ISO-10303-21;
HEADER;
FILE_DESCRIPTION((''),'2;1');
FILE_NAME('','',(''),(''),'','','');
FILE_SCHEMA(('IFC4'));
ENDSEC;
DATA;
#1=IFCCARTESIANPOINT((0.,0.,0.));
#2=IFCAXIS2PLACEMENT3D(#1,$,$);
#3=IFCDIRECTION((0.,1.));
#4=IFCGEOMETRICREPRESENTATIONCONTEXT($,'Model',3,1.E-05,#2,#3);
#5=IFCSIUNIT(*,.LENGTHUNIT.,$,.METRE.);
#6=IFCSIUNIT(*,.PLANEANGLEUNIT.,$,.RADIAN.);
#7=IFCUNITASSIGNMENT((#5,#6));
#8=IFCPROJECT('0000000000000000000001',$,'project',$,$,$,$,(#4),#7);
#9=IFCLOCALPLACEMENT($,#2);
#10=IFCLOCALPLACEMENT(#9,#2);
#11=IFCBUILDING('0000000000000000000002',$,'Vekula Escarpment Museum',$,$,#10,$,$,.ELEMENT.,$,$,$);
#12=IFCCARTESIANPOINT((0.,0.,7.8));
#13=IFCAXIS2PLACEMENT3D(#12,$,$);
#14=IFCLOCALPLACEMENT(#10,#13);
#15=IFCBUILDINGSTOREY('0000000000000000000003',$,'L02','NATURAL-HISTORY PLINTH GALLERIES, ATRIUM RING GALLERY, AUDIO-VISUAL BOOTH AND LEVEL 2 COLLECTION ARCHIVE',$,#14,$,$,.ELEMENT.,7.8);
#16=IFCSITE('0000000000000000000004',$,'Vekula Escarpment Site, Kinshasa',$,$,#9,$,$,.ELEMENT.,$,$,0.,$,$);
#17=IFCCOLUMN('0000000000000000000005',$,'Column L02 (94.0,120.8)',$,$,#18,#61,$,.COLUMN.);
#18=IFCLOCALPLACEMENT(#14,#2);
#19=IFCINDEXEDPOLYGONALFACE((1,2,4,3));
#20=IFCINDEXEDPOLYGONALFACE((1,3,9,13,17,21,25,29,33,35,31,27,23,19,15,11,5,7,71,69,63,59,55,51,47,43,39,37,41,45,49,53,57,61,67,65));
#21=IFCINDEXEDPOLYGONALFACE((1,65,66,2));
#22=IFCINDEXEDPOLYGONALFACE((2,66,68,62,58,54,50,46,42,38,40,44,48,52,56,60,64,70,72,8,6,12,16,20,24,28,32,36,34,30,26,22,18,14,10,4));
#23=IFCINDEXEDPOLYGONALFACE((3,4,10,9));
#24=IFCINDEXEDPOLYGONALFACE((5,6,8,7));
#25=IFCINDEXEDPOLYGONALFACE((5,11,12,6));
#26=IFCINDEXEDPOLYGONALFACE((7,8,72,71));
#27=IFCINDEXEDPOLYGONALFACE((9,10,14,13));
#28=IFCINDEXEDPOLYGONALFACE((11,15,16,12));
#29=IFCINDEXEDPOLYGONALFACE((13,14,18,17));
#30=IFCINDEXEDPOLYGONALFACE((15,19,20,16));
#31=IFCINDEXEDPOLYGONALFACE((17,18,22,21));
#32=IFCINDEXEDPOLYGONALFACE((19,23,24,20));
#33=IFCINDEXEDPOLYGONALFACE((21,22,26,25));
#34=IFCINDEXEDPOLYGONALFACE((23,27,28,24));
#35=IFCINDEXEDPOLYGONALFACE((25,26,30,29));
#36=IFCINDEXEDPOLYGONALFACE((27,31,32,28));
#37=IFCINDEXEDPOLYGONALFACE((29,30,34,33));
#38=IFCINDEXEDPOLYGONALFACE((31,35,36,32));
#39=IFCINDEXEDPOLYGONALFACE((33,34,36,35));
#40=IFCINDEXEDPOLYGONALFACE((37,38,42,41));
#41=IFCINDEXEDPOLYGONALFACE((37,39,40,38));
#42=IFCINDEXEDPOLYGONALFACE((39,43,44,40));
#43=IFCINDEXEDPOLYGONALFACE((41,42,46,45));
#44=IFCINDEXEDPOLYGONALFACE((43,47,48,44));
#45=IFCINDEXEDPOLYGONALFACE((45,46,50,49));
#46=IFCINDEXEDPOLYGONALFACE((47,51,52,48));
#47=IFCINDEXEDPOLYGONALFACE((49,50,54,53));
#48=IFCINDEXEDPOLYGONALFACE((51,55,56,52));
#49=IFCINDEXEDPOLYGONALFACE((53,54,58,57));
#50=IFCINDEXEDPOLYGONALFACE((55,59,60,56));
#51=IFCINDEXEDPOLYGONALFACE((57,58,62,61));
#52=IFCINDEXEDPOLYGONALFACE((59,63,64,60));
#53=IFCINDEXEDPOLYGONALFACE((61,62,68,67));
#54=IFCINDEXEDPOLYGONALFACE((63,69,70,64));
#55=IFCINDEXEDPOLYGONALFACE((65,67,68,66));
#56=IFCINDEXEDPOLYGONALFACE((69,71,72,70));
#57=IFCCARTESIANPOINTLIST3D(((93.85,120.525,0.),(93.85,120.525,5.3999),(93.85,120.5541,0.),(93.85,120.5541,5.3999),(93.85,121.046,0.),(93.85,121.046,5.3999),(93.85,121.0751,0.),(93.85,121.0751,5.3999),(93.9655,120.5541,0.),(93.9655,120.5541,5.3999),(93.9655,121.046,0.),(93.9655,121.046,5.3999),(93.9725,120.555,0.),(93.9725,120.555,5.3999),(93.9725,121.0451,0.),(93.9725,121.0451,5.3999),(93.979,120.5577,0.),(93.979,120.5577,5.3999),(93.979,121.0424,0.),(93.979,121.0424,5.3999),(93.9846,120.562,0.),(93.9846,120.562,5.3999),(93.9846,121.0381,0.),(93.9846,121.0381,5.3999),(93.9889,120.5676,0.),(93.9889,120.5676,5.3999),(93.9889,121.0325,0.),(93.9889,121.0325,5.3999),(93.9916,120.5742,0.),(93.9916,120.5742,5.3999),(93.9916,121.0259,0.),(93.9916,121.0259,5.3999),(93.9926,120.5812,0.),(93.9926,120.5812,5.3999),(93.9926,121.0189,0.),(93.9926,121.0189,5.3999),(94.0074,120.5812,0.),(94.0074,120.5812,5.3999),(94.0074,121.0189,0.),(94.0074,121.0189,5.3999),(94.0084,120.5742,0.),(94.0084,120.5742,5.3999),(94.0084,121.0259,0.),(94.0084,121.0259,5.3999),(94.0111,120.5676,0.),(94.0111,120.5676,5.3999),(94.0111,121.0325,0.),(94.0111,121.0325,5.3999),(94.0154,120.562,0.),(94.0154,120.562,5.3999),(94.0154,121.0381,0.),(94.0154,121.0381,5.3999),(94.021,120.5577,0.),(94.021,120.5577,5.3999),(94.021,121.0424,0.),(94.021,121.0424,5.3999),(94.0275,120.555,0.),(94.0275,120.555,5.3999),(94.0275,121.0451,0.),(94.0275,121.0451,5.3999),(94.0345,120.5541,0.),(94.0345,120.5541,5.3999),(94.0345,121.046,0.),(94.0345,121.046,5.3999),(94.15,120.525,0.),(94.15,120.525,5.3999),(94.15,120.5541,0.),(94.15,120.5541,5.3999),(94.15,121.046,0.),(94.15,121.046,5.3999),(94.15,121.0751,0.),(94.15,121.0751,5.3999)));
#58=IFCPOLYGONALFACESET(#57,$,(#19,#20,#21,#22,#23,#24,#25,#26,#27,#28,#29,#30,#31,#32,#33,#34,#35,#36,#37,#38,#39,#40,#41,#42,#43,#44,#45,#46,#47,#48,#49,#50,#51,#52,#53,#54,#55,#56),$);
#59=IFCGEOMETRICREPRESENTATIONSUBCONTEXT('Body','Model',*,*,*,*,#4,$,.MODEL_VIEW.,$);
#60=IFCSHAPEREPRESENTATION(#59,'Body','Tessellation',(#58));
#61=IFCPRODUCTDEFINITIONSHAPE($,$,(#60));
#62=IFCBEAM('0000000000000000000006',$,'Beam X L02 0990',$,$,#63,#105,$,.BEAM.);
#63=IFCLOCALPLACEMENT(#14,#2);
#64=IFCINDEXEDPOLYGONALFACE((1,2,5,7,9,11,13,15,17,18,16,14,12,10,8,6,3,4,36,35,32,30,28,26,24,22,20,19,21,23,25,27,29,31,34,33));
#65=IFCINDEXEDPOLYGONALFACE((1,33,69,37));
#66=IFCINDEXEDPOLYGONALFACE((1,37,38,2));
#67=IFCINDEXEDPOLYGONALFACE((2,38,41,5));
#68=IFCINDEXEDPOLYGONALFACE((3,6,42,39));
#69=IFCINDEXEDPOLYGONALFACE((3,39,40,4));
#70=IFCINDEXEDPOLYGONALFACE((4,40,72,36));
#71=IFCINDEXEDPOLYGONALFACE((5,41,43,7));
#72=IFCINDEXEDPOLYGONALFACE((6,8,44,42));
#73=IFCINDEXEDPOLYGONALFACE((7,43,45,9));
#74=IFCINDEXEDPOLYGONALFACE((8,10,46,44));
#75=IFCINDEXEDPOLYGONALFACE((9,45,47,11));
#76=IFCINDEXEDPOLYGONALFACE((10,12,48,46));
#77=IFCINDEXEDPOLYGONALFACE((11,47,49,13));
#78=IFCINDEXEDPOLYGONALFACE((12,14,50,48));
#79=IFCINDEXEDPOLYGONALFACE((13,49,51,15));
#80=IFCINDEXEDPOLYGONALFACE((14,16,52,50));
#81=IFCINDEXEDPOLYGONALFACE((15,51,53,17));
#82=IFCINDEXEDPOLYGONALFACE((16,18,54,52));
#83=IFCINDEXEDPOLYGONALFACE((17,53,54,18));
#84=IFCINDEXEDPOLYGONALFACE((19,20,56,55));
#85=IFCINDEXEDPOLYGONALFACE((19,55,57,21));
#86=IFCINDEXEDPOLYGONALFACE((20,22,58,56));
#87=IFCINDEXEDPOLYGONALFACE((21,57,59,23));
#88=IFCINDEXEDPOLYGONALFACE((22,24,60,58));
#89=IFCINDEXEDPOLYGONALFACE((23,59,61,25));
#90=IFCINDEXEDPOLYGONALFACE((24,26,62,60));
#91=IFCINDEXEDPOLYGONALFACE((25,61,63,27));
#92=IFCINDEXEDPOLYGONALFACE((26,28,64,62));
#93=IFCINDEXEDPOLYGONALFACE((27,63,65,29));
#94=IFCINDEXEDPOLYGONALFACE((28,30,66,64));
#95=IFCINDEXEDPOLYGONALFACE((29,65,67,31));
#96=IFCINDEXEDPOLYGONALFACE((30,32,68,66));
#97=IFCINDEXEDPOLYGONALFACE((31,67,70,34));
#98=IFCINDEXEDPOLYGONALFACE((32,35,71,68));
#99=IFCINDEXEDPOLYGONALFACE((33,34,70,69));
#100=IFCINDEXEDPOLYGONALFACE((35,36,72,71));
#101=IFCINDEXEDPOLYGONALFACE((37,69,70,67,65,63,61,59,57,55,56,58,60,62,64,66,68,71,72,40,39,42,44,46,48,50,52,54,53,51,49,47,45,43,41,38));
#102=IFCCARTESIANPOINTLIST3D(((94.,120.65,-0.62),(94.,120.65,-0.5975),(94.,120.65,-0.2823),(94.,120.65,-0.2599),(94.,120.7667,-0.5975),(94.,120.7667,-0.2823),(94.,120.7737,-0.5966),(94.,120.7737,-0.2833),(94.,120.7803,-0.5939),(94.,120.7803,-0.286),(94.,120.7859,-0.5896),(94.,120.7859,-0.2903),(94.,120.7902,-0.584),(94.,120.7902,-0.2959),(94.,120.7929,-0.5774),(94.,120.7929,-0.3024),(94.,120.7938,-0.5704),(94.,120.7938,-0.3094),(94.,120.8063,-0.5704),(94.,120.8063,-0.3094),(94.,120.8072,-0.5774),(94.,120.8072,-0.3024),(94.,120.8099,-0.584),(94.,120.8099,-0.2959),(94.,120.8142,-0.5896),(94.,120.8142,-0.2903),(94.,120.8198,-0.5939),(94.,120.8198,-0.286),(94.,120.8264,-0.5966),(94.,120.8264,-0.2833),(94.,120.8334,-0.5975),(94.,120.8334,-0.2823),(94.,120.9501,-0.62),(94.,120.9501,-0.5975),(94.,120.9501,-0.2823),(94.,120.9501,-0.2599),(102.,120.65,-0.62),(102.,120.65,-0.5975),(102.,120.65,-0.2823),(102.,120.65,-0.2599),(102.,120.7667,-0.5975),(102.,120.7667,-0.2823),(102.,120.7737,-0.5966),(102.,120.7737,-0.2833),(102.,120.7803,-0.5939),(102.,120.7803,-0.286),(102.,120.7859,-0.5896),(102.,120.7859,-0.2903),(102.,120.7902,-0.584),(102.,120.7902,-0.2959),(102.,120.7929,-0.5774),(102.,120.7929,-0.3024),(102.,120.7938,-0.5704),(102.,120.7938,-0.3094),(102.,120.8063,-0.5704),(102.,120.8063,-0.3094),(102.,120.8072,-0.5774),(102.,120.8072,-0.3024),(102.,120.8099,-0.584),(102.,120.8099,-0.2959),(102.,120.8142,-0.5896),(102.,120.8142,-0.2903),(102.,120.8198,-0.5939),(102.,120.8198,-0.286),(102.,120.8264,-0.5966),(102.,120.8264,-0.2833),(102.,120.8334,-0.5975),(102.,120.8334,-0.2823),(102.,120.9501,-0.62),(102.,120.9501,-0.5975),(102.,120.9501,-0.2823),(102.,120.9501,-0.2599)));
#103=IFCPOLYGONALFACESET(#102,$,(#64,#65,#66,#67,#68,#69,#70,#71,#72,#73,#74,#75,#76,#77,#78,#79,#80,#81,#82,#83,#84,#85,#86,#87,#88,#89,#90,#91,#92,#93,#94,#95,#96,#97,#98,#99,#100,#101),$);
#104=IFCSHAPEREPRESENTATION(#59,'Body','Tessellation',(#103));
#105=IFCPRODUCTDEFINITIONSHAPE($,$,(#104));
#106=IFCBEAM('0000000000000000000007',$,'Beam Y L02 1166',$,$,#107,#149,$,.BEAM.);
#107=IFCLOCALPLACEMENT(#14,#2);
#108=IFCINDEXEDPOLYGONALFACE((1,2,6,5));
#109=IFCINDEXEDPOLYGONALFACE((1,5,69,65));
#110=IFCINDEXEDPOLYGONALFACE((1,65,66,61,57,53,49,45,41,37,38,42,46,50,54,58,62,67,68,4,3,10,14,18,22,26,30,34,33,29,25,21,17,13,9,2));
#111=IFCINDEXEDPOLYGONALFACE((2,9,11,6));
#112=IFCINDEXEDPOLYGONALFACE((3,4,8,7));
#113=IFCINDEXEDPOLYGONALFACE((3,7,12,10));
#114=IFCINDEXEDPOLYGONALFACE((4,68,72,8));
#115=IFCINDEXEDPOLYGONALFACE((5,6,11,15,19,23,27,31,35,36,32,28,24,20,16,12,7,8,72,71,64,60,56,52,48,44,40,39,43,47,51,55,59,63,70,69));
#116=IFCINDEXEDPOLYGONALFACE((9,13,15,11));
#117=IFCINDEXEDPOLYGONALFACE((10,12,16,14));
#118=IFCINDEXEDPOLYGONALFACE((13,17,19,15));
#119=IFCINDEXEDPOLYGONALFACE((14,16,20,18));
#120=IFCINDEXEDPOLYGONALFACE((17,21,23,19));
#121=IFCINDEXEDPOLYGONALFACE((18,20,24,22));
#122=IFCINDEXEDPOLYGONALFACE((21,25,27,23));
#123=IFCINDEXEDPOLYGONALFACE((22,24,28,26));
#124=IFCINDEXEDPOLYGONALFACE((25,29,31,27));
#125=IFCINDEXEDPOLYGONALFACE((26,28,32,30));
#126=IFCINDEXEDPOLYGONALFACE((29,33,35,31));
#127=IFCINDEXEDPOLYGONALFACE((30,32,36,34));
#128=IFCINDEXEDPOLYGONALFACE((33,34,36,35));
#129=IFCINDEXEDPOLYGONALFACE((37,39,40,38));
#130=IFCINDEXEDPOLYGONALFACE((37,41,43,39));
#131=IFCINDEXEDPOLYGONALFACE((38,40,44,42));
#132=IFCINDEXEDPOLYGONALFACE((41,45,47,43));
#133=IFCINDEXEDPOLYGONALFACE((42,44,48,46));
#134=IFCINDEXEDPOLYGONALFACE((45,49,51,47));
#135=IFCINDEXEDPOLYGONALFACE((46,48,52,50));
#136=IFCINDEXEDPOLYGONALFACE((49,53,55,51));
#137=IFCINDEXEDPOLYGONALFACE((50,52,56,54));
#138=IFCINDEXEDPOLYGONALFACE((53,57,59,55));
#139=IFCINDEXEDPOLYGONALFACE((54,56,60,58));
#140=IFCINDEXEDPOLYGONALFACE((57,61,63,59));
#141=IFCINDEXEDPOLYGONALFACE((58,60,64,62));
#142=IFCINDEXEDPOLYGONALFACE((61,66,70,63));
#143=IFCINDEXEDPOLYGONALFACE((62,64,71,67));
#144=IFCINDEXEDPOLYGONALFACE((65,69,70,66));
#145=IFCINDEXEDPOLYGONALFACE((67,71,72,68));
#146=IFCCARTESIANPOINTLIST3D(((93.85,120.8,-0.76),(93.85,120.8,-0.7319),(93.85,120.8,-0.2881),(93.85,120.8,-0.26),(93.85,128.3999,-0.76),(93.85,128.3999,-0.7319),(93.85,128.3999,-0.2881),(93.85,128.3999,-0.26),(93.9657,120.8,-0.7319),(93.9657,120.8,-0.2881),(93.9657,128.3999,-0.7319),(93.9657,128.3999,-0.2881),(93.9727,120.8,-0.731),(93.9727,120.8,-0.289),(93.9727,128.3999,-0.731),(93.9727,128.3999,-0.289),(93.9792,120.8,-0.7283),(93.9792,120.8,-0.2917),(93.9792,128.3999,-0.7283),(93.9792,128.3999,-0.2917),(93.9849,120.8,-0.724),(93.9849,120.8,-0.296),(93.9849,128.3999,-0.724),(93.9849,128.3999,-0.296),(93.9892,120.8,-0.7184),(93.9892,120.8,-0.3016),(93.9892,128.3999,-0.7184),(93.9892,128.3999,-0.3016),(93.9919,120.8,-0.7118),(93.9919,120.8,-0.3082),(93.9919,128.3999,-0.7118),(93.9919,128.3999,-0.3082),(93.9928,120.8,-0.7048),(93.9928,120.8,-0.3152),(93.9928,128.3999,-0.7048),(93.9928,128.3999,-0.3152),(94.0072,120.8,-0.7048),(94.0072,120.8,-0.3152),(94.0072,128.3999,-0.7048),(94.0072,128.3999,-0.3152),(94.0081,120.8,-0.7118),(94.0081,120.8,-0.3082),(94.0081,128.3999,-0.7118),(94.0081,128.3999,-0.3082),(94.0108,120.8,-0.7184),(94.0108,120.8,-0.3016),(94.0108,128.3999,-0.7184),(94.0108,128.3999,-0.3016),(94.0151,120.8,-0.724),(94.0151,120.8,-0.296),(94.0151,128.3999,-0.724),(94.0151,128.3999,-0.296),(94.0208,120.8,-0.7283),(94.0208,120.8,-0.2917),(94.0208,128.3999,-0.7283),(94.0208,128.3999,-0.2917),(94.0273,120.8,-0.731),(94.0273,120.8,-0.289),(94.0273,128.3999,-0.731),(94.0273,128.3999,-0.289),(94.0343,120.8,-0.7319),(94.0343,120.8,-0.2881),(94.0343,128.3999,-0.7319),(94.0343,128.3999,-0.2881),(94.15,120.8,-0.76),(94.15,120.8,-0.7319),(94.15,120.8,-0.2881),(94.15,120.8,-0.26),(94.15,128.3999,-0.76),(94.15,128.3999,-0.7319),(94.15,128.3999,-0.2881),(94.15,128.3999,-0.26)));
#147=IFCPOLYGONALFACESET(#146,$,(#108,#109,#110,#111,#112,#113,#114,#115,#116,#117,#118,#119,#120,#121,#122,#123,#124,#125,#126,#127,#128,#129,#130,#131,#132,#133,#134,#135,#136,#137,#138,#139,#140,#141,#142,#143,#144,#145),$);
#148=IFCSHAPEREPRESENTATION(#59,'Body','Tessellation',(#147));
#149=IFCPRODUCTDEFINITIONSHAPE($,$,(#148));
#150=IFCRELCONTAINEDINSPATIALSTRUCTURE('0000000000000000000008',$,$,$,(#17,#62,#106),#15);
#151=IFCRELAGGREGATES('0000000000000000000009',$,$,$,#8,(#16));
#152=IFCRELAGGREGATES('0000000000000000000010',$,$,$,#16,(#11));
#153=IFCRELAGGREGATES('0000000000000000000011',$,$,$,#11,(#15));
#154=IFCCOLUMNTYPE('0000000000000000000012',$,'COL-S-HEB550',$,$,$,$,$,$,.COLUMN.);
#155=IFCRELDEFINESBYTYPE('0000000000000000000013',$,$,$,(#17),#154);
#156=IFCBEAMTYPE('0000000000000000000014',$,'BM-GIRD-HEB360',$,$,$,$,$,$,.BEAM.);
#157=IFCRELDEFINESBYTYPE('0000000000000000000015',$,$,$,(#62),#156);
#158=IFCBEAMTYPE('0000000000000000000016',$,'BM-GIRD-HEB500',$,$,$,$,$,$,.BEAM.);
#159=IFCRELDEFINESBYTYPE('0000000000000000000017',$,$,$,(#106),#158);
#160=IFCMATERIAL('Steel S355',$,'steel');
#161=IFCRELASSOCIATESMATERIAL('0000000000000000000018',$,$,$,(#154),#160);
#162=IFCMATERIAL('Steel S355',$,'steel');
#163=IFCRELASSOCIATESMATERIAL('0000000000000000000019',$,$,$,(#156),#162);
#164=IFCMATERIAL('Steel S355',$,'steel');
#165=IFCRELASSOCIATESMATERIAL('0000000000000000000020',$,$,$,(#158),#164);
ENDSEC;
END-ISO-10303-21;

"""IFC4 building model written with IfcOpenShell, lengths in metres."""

from ifc_helpers import new_model, si_unit, direction, frame, origin, origin_2d, place, context, subcontext, project, spatial, i_section, extrude, material, material_profile, profile_set, type_object, element, save


model = new_model("IFC4")

# Units and contexts
model_context = context("Model", 3, precision=1e-05, world=origin(), true_north=direction((0.0, 1.0)))
body_context = subcontext(model_context, "Body", "Model", "MODEL_VIEW")
ifc_project = project(units=[si_unit("LENGTHUNIT", "METRE"), si_unit("PLANEANGLEUNIT", "RADIAN")], contexts=[model_context])

# Site, building, storey
site_placement = place(None, origin())
site = spatial("IfcSite", under=ifc_project, at=site_placement, Name="Vekula Escarpment Site, Kinshasa", CompositionType="ELEMENT", RefElevation=0.0)
building_placement = place(site_placement, origin())
building = spatial("IfcBuilding", under=site, at=building_placement, Name="Vekula Escarpment Museum", CompositionType="ELEMENT")
storey_placement = place(building_placement, frame((0.0, 0.0, 7.8)))
storey = spatial("IfcBuildingStorey", under=building, at=storey_placement, Name="L02", Description="NATURAL-HISTORY PLINTH GALLERIES, ATRIUM RING GALLERY, AUDIO-VISUAL BOOTH AND LEVEL 2 COLLECTION ARCHIVE", CompositionType="ELEMENT", Elevation=7.8)

# Column
ifc_material_1 = material(Name="Steel S355", Category="steel")
ifc_material_profile_1 = material_profile(ifc_material_1, i_section(OverallWidth=0.3, OverallDepth=0.55, WebThickness=0.0149, FlangeThickness=0.0291, FilletRadius=0.0271, at=origin_2d()), Name="HEB 550")
ifc_profile_set_1 = profile_set([ifc_material_profile_1], Name="Steel S355")
column_type = type_object("IfcColumnType", Name="COL-S-HEB550", PredefinedType="COLUMN", material=ifc_profile_set_1)
column_placement = place(storey_placement, frame((94.0, 120.8, 0.0), z_axis=(0.0, 0.0, 1.0), x_axis=(1.0, 0.0, 0.0)))
element("IfcColumn", 1, at=column_placement, inside=storey, type_object=column_type, Name="Column L02 (94.0,120.8)", PredefinedType="COLUMN", context=body_context, shape_type="SweptSolid", body=[
    extrude(i_section(OverallWidth=0.3, OverallDepth=0.55, WebThickness=0.0149, FlangeThickness=0.0291, FilletRadius=0.0271, at=origin_2d()), origin(), (0.0, 0.0, 1.0), 5.3999),
])

# Beams
ifc_material_2 = material(Name="Steel S355", Category="steel")
ifc_material_profile_2 = material_profile(ifc_material_2, i_section(OverallWidth=0.3, OverallDepth=0.3601, WebThickness=0.0125, FlangeThickness=0.0225, FilletRadius=0.0271, at=origin_2d()), Name="HEB 360")
ifc_profile_set_2 = profile_set([ifc_material_profile_2], Name="Steel S355")
beam_type_1 = type_object("IfcBeamType", Name="BM-GIRD-HEB360", PredefinedType="BEAM", material=ifc_profile_set_2)
beam_1_placement = place(storey_placement, frame((94.0, 120.8, -0.4399), z_axis=(1.0, 0.0, 0.0), x_axis=(0.0, 1.0, 0.0)))
element("IfcBeam", 2, at=beam_1_placement, inside=storey, type_object=beam_type_1, Name="Beam X L02 0990", PredefinedType="BEAM", context=body_context, shape_type="SweptSolid", body=[
    extrude(i_section(OverallWidth=0.3, OverallDepth=0.3601, WebThickness=0.0125, FlangeThickness=0.0225, FilletRadius=0.0271, at=origin_2d()), origin(), (0.0, 0.0, 1.0), 8.0),
])
ifc_material_3 = material(Name="Steel S355", Category="steel")
ifc_material_profile_3 = material_profile(ifc_material_3, i_section(OverallWidth=0.3, OverallDepth=0.5, WebThickness=0.0144, FlangeThickness=0.0281, FilletRadius=0.0271, at=origin_2d()), Name="HEB 500")
ifc_profile_set_3 = profile_set([ifc_material_profile_3], Name="Steel S355")
beam_type_2 = type_object("IfcBeamType", Name="BM-GIRD-HEB500", PredefinedType="BEAM", material=ifc_profile_set_3)
beam_2_placement = place(storey_placement, frame((94.0, 120.8, -0.51), z_axis=(0.0, 1.0, 0.0), x_axis=(-1.0, 0.0, 0.0)))
element("IfcBeam", 3, at=beam_2_placement, inside=storey, type_object=beam_type_2, Name="Beam Y L02 1166", PredefinedType="BEAM", context=body_context, shape_type="SweptSolid", body=[
    extrude(i_section(OverallWidth=0.3, OverallDepth=0.5, WebThickness=0.0144, FlangeThickness=0.0281, FilletRadius=0.0271, at=origin_2d()), origin(), (0.0, 0.0, 1.0), 7.5999),
])

save(model, "model.ifc")
